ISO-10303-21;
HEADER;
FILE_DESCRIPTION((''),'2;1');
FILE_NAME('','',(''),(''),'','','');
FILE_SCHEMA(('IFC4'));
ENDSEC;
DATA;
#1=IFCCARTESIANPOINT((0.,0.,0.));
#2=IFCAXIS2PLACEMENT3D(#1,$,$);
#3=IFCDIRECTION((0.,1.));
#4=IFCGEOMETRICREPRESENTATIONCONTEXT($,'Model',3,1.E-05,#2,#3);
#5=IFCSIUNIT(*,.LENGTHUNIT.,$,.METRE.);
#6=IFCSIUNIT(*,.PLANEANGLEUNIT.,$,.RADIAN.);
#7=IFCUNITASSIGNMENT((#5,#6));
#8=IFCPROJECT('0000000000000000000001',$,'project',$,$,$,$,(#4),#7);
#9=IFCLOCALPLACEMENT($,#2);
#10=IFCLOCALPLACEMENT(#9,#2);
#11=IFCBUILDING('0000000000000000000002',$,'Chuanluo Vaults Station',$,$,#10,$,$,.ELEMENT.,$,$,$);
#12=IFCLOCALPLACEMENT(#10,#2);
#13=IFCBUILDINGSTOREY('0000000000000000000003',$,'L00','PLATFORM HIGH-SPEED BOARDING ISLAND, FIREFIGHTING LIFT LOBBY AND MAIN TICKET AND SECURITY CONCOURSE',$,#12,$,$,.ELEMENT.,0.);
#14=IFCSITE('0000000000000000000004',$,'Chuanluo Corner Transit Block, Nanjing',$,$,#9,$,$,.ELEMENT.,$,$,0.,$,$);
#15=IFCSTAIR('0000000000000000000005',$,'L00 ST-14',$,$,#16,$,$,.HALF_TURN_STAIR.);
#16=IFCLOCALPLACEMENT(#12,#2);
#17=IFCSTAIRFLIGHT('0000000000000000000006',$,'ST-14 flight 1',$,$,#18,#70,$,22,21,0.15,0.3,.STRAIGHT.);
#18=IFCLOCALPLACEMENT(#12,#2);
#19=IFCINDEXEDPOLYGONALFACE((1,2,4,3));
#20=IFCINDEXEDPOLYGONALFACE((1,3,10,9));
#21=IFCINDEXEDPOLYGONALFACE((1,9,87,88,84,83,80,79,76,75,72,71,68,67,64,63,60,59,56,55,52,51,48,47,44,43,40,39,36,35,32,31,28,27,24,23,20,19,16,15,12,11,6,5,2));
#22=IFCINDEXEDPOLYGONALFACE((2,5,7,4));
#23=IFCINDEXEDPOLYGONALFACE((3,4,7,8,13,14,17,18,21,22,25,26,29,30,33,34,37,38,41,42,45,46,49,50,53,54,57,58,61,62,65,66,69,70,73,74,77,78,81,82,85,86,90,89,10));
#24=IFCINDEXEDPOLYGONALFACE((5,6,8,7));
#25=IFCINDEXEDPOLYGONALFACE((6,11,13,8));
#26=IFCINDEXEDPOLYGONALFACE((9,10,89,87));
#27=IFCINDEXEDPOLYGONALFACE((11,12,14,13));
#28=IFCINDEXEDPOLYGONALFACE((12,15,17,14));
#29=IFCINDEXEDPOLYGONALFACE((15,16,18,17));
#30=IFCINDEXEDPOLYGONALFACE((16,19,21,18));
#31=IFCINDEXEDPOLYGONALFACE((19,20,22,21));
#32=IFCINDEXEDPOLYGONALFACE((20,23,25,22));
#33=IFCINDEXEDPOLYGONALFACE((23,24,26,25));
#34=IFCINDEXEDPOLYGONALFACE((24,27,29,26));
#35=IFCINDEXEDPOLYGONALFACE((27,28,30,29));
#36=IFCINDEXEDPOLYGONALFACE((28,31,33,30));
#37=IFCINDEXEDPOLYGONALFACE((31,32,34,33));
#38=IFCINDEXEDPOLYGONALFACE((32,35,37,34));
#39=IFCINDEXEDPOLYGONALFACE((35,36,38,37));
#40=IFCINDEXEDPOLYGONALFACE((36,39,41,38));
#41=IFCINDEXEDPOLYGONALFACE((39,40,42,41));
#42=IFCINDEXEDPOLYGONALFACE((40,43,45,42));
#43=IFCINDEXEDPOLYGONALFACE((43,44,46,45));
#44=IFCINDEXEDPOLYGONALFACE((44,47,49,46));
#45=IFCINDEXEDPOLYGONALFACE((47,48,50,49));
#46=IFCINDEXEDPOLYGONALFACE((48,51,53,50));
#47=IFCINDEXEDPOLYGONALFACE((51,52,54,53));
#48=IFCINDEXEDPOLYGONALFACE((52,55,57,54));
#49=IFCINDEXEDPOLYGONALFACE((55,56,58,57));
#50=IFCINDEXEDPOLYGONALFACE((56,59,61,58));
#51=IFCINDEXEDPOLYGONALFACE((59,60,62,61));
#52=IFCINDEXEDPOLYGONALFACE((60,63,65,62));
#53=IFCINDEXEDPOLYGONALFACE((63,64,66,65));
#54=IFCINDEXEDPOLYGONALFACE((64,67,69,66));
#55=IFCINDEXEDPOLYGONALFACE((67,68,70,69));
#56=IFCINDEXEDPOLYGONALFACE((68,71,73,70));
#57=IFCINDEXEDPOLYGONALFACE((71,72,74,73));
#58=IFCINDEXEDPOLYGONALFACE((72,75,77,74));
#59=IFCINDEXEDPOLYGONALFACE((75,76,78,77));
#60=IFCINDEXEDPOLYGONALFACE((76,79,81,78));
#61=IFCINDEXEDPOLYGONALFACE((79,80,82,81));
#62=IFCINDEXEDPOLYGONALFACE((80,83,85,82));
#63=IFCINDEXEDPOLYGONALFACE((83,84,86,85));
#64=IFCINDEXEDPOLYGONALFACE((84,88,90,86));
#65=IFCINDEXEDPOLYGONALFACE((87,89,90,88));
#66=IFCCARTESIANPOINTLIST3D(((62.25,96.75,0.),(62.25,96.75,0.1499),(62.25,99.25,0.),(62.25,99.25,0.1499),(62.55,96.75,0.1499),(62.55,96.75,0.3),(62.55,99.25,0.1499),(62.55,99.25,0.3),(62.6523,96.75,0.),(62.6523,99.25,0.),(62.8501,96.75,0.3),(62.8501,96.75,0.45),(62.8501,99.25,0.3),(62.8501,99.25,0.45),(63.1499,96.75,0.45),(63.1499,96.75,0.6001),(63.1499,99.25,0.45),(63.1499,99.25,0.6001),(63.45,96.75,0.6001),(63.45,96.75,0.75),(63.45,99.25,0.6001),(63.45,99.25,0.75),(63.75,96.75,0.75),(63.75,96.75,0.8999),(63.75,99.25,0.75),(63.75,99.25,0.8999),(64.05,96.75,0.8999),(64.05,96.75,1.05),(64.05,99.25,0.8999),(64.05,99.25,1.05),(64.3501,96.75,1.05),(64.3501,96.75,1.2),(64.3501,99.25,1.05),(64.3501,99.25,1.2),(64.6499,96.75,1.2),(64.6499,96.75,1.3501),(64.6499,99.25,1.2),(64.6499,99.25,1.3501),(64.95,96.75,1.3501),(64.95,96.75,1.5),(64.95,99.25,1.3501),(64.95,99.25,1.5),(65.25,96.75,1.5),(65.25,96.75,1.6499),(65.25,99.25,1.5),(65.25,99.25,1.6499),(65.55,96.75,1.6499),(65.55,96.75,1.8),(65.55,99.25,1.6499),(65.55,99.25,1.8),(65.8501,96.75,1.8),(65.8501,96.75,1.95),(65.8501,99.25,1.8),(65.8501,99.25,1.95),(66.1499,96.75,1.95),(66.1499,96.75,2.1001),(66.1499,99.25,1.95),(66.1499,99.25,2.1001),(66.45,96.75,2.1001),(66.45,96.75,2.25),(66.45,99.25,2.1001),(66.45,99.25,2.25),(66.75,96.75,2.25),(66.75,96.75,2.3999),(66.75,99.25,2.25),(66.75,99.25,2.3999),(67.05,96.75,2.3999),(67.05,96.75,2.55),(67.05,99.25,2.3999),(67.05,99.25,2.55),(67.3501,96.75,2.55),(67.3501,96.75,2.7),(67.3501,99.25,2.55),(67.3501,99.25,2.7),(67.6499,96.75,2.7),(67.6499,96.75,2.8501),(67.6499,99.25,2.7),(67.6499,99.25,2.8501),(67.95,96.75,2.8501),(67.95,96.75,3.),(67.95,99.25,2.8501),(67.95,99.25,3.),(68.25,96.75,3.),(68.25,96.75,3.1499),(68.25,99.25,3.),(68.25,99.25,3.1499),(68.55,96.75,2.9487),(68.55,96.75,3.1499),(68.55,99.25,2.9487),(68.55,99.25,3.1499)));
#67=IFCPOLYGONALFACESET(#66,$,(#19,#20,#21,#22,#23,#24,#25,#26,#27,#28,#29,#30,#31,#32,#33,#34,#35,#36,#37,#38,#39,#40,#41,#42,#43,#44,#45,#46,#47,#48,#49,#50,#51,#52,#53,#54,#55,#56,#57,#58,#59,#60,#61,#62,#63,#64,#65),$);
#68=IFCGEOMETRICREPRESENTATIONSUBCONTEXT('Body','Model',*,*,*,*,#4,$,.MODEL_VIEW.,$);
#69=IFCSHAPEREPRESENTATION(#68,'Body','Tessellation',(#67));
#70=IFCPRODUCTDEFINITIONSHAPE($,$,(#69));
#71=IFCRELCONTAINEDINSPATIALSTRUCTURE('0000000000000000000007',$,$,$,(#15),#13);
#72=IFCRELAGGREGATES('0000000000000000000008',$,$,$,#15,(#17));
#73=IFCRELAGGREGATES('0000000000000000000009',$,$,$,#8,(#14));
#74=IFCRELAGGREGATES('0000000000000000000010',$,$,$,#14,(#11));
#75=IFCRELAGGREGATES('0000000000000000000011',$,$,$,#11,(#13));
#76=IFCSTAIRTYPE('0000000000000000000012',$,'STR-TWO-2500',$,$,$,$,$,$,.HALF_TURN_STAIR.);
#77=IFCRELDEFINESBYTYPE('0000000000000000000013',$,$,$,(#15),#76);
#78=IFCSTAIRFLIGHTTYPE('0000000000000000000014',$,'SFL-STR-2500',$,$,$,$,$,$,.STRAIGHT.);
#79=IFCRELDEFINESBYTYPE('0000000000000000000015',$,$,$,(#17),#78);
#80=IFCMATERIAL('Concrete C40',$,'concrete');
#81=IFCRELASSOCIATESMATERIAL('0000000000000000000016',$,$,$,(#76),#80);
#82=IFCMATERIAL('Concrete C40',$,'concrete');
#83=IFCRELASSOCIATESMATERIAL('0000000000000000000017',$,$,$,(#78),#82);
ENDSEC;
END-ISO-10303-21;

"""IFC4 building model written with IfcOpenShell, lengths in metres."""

from ifc_helpers import new_model, si_unit, direction, frame, origin, place, context, subcontext, project, spatial, polyline, outline, extrude, material, type_object, element, aggregate, save


model = new_model("IFC4")

# Units and contexts
model_context = context("Model", 3, precision=1e-05, world=origin(), true_north=direction((0.0, 1.0)))
body_context = subcontext(model_context, "Body", "Model", "MODEL_VIEW")
ifc_project = project(units=[si_unit("LENGTHUNIT", "METRE"), si_unit("PLANEANGLEUNIT", "RADIAN")], contexts=[model_context])

# Site, building, storey
site_placement = place(None, origin())
site = spatial("IfcSite", under=ifc_project, at=site_placement, Name="Chuanluo Corner Transit Block, Nanjing", CompositionType="ELEMENT", RefElevation=0.0)
building_placement = place(site_placement, origin())
building = spatial("IfcBuilding", under=site, at=building_placement, Name="Chuanluo Vaults Station", CompositionType="ELEMENT")
storey_placement = place(building_placement, origin())
storey = spatial("IfcBuildingStorey", under=building, at=storey_placement, Name="L00", Description="PLATFORM HIGH-SPEED BOARDING ISLAND, FIREFIGHTING LIFT LOBBY AND MAIN TICKET AND SECURITY CONCOURSE", CompositionType="ELEMENT", Elevation=0.0)

# Stair, stair flight
ifc_material_1 = material(Name="Concrete C40", Category="concrete")
stair_type_1 = type_object("IfcStairType", Name="STR-TWO-2500", PredefinedType="HALF_TURN_STAIR", material=ifc_material_1)
ifc_material_2 = material(Name="Concrete C40", Category="concrete")
stair_flight_type_1 = type_object("IfcStairFlightType", Name="SFL-STR-2500", PredefinedType="STRAIGHT", material=ifc_material_2)
stair_1_placement = place(storey_placement, origin())
stair_1 = element("IfcStair", 1, at=stair_1_placement, inside=storey, type_object=stair_type_1, Name="L00 ST-14", PredefinedType="HALF_TURN_STAIR")
stair_flight_1_placement = place(storey_placement, frame((62.25, 98.0, 0.0), z_axis=(0.0, 0.0, 1.0), x_axis=(1.0, 0.0, 0.0)))
stair_flight_1 = element("IfcStairFlight", 2, at=stair_flight_1_placement, type_object=stair_flight_type_1, Name="ST-14 flight 1", NumberOfRisers=22, NumberOfTreads=21, PredefinedType="STRAIGHT", RiserHeight=0.15, TreadLength=0.3, context=body_context, shape_type="SweptSolid", body=[
    extrude(outline(polyline([(0.0, 0.0), (0.0, 0.1499), (0.3, 0.1499), (0.3, 0.3), (0.6001, 0.3), (0.6001, 0.45), (0.8999, 0.45), (0.8999, 0.6001), (1.2, 0.6001), (1.2, 0.75), (1.5, 0.75), (1.5, 0.8999), (1.8, 0.8999), (1.8, 1.05), (2.1001, 1.05), (2.1001, 1.2), (2.3999, 1.2), (2.3999, 1.3501), (2.7, 1.3501), (2.7, 1.5), (3.0, 1.5), (3.0, 1.6499), (3.3, 1.6499), (3.3, 1.8), (3.6001, 1.8), (3.6001, 1.95), (3.8999, 1.95), (3.8999, 2.1001), (4.2, 2.1001), (4.2, 2.25), (4.5, 2.25), (4.5, 2.3999), (4.8, 2.3999), (4.8, 2.55), (5.1001, 2.55), (5.1001, 2.7), (5.3999, 2.7), (5.3999, 2.8501), (5.7, 2.8501), (5.7, 3.0), (6.0, 3.0), (6.0, 3.1499), (6.3, 3.1499), (6.3, 3.3), (6.3, 2.9487), (0.4023, 0.0), (0.0, 0.0)])), frame((0.0, 1.25, 0.0), z_axis=(0.0, -1.0, 0.0), x_axis=(1.0, 0.0, 0.0)), (0.0, 0.0, 1.0), 2.5),
])
aggregate(stair_1, [stair_flight_1])

save(model, "model.ifc")
